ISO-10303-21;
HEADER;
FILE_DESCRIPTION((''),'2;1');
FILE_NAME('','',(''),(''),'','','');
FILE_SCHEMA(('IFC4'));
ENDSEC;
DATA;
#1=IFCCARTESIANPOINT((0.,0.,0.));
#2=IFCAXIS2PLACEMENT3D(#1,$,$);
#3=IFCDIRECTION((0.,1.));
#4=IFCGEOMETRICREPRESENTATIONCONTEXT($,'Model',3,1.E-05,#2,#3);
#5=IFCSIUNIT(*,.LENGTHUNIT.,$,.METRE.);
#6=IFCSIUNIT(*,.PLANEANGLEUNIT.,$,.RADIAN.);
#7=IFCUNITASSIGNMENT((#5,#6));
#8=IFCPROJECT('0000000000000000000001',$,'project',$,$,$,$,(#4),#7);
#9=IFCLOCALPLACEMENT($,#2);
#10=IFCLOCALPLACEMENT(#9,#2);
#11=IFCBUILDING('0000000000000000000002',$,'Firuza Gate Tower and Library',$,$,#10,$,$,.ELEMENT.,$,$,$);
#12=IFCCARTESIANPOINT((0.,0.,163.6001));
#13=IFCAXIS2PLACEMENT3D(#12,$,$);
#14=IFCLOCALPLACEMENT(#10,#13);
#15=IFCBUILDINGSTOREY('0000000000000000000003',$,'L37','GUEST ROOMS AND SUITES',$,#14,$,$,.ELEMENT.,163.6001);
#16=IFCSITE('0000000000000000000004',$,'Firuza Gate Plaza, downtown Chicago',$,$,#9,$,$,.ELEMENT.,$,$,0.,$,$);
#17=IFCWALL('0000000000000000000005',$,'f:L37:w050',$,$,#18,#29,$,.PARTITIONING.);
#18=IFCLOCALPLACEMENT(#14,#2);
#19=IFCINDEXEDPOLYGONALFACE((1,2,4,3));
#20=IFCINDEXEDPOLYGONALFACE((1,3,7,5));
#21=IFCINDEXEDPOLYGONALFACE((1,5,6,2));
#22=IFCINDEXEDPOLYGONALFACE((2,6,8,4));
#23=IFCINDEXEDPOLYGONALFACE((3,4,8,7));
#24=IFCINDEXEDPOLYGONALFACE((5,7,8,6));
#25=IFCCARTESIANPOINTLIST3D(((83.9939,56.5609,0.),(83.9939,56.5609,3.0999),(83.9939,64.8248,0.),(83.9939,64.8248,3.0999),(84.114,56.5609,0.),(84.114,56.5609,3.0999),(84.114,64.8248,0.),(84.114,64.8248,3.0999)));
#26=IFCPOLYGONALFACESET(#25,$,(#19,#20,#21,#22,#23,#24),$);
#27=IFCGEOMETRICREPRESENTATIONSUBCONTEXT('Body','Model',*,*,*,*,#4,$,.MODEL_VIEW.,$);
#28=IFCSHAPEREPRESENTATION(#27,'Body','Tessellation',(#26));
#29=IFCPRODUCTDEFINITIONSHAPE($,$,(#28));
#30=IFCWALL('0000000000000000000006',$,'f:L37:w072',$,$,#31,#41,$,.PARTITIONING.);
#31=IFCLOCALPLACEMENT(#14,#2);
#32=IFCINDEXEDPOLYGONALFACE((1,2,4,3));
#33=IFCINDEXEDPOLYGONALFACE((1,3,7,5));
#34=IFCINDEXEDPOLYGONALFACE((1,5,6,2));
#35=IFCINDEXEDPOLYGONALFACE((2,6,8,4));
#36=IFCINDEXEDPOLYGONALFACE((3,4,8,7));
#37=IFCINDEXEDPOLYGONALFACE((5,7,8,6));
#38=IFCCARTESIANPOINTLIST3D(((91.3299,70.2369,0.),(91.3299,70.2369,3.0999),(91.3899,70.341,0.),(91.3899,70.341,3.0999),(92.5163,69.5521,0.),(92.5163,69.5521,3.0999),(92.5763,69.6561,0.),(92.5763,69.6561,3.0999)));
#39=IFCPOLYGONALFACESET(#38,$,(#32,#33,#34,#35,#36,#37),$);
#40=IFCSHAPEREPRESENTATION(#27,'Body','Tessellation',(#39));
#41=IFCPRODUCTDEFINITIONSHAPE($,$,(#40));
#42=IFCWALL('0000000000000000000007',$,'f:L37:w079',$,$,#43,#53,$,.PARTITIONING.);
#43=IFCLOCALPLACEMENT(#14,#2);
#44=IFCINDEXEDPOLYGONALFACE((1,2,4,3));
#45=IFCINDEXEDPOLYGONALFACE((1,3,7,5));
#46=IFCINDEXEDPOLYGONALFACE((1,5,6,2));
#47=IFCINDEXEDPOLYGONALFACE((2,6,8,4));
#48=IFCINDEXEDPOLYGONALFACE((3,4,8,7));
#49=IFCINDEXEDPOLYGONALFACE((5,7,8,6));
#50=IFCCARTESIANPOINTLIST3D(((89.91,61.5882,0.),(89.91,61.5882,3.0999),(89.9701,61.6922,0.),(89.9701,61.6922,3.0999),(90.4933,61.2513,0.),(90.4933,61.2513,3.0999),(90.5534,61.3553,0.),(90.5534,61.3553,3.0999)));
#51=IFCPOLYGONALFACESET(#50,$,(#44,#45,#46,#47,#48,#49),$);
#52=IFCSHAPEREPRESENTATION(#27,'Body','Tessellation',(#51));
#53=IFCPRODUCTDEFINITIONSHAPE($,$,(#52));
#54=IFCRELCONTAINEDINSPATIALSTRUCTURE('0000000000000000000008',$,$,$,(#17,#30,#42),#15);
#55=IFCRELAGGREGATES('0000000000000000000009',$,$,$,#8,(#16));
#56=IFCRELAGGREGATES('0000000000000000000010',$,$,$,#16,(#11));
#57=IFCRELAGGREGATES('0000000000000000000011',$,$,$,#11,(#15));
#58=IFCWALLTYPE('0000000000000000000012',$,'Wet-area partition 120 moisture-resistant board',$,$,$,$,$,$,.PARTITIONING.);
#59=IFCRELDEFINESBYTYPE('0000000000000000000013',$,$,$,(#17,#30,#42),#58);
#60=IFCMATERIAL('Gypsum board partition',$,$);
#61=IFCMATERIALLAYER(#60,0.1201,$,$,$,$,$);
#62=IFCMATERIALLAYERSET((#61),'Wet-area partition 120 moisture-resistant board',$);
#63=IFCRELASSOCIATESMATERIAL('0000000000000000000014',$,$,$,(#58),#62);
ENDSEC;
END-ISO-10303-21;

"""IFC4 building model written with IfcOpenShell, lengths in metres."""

from ifc_helpers import new_model, si_unit, direction, frame, frame_2d, origin, place, context, subcontext, project, spatial, rectangle, extrude, material, layer, layer_set, type_object, element, save


model = new_model("IFC4")

# Units and contexts
model_context = context("Model", 3, precision=1e-05, world=origin(), true_north=direction((0.0, 1.0)))
body_context = subcontext(model_context, "Body", "Model", "MODEL_VIEW")
ifc_project = project(units=[si_unit("LENGTHUNIT", "METRE"), si_unit("PLANEANGLEUNIT", "RADIAN")], contexts=[model_context])

# Site, building, storey
site_placement = place(None, origin())
site = spatial("IfcSite", under=ifc_project, at=site_placement, Name="Firuza Gate Plaza, downtown Chicago", CompositionType="ELEMENT", RefElevation=0.0)
building_placement = place(site_placement, origin())
building = spatial("IfcBuilding", under=site, at=building_placement, Name="Firuza Gate Tower and Library", CompositionType="ELEMENT")
storey_placement = place(building_placement, frame((0.0, 0.0, 163.6001)))
storey = spatial("IfcBuildingStorey", under=building, at=storey_placement, Name="L37", Description="GUEST ROOMS AND SUITES", CompositionType="ELEMENT", Elevation=163.6001)

# Shared definitions
ifc_material_1 = material(Name="Gypsum board partition")
ifc_layer_1 = layer(ifc_material_1, 0.1201)
ifc_layer_set_1 = layer_set([ifc_layer_1], Name="Wet-area partition 120 moisture-resistant board")
wall_type_1 = type_object("IfcWallType", Name="Wet-area partition 120 moisture-resistant board", PredefinedType="PARTITIONING", material=ifc_layer_set_1)

# Walls
wall_1_placement = place(storey_placement, frame((84.054, 56.561, 0.0), z_axis=(0.0, 0.0, 1.0), x_axis=(0.0, 1.0, 0.0)))
element("IfcWall", 1, at=wall_1_placement, inside=storey, type_object=wall_type_1, Name="f:L37:w050", PredefinedType="PARTITIONING", context=body_context, shape_type="SweptSolid", body=[
    extrude(rectangle(XDim=8.2639, YDim=0.1201, at=frame_2d((4.1318, 0.0))), origin(), (0.0, 0.0, 1.0), 3.0999),
])
wall_2_placement = place(storey_placement, frame((92.5464, 69.604, 0.0), z_axis=(0.0, 0.0, 1.0), x_axis=(-0.866052, 0.499954, 0.0)))
element("IfcWall", 2, at=wall_2_placement, inside=storey, type_object=wall_type_1, Name="f:L37:w072", PredefinedType="PARTITIONING", context=body_context, shape_type="SweptSolid", body=[
    extrude(rectangle(XDim=1.3699, YDim=0.1201, at=frame_2d((0.6851, 0.0))), origin(), (0.0, 0.0, 1.0), 3.0999),
])
wall_3_placement = place(storey_placement, frame((90.5234, 61.3032, 0.0), z_axis=(0.0, 0.0, 1.0), x_axis=(-0.865914, 0.500193, 0.0)))
element("IfcWall", 3, at=wall_3_placement, inside=storey, type_object=wall_type_1, Name="f:L37:w079", PredefinedType="PARTITIONING", context=body_context, shape_type="SweptSolid", body=[
    extrude(rectangle(XDim=0.6736, YDim=0.1201, at=frame_2d((0.3369, 0.0))), origin(), (0.0, 0.0, 1.0), 3.0999),
])

save(model, "model.ifc")
